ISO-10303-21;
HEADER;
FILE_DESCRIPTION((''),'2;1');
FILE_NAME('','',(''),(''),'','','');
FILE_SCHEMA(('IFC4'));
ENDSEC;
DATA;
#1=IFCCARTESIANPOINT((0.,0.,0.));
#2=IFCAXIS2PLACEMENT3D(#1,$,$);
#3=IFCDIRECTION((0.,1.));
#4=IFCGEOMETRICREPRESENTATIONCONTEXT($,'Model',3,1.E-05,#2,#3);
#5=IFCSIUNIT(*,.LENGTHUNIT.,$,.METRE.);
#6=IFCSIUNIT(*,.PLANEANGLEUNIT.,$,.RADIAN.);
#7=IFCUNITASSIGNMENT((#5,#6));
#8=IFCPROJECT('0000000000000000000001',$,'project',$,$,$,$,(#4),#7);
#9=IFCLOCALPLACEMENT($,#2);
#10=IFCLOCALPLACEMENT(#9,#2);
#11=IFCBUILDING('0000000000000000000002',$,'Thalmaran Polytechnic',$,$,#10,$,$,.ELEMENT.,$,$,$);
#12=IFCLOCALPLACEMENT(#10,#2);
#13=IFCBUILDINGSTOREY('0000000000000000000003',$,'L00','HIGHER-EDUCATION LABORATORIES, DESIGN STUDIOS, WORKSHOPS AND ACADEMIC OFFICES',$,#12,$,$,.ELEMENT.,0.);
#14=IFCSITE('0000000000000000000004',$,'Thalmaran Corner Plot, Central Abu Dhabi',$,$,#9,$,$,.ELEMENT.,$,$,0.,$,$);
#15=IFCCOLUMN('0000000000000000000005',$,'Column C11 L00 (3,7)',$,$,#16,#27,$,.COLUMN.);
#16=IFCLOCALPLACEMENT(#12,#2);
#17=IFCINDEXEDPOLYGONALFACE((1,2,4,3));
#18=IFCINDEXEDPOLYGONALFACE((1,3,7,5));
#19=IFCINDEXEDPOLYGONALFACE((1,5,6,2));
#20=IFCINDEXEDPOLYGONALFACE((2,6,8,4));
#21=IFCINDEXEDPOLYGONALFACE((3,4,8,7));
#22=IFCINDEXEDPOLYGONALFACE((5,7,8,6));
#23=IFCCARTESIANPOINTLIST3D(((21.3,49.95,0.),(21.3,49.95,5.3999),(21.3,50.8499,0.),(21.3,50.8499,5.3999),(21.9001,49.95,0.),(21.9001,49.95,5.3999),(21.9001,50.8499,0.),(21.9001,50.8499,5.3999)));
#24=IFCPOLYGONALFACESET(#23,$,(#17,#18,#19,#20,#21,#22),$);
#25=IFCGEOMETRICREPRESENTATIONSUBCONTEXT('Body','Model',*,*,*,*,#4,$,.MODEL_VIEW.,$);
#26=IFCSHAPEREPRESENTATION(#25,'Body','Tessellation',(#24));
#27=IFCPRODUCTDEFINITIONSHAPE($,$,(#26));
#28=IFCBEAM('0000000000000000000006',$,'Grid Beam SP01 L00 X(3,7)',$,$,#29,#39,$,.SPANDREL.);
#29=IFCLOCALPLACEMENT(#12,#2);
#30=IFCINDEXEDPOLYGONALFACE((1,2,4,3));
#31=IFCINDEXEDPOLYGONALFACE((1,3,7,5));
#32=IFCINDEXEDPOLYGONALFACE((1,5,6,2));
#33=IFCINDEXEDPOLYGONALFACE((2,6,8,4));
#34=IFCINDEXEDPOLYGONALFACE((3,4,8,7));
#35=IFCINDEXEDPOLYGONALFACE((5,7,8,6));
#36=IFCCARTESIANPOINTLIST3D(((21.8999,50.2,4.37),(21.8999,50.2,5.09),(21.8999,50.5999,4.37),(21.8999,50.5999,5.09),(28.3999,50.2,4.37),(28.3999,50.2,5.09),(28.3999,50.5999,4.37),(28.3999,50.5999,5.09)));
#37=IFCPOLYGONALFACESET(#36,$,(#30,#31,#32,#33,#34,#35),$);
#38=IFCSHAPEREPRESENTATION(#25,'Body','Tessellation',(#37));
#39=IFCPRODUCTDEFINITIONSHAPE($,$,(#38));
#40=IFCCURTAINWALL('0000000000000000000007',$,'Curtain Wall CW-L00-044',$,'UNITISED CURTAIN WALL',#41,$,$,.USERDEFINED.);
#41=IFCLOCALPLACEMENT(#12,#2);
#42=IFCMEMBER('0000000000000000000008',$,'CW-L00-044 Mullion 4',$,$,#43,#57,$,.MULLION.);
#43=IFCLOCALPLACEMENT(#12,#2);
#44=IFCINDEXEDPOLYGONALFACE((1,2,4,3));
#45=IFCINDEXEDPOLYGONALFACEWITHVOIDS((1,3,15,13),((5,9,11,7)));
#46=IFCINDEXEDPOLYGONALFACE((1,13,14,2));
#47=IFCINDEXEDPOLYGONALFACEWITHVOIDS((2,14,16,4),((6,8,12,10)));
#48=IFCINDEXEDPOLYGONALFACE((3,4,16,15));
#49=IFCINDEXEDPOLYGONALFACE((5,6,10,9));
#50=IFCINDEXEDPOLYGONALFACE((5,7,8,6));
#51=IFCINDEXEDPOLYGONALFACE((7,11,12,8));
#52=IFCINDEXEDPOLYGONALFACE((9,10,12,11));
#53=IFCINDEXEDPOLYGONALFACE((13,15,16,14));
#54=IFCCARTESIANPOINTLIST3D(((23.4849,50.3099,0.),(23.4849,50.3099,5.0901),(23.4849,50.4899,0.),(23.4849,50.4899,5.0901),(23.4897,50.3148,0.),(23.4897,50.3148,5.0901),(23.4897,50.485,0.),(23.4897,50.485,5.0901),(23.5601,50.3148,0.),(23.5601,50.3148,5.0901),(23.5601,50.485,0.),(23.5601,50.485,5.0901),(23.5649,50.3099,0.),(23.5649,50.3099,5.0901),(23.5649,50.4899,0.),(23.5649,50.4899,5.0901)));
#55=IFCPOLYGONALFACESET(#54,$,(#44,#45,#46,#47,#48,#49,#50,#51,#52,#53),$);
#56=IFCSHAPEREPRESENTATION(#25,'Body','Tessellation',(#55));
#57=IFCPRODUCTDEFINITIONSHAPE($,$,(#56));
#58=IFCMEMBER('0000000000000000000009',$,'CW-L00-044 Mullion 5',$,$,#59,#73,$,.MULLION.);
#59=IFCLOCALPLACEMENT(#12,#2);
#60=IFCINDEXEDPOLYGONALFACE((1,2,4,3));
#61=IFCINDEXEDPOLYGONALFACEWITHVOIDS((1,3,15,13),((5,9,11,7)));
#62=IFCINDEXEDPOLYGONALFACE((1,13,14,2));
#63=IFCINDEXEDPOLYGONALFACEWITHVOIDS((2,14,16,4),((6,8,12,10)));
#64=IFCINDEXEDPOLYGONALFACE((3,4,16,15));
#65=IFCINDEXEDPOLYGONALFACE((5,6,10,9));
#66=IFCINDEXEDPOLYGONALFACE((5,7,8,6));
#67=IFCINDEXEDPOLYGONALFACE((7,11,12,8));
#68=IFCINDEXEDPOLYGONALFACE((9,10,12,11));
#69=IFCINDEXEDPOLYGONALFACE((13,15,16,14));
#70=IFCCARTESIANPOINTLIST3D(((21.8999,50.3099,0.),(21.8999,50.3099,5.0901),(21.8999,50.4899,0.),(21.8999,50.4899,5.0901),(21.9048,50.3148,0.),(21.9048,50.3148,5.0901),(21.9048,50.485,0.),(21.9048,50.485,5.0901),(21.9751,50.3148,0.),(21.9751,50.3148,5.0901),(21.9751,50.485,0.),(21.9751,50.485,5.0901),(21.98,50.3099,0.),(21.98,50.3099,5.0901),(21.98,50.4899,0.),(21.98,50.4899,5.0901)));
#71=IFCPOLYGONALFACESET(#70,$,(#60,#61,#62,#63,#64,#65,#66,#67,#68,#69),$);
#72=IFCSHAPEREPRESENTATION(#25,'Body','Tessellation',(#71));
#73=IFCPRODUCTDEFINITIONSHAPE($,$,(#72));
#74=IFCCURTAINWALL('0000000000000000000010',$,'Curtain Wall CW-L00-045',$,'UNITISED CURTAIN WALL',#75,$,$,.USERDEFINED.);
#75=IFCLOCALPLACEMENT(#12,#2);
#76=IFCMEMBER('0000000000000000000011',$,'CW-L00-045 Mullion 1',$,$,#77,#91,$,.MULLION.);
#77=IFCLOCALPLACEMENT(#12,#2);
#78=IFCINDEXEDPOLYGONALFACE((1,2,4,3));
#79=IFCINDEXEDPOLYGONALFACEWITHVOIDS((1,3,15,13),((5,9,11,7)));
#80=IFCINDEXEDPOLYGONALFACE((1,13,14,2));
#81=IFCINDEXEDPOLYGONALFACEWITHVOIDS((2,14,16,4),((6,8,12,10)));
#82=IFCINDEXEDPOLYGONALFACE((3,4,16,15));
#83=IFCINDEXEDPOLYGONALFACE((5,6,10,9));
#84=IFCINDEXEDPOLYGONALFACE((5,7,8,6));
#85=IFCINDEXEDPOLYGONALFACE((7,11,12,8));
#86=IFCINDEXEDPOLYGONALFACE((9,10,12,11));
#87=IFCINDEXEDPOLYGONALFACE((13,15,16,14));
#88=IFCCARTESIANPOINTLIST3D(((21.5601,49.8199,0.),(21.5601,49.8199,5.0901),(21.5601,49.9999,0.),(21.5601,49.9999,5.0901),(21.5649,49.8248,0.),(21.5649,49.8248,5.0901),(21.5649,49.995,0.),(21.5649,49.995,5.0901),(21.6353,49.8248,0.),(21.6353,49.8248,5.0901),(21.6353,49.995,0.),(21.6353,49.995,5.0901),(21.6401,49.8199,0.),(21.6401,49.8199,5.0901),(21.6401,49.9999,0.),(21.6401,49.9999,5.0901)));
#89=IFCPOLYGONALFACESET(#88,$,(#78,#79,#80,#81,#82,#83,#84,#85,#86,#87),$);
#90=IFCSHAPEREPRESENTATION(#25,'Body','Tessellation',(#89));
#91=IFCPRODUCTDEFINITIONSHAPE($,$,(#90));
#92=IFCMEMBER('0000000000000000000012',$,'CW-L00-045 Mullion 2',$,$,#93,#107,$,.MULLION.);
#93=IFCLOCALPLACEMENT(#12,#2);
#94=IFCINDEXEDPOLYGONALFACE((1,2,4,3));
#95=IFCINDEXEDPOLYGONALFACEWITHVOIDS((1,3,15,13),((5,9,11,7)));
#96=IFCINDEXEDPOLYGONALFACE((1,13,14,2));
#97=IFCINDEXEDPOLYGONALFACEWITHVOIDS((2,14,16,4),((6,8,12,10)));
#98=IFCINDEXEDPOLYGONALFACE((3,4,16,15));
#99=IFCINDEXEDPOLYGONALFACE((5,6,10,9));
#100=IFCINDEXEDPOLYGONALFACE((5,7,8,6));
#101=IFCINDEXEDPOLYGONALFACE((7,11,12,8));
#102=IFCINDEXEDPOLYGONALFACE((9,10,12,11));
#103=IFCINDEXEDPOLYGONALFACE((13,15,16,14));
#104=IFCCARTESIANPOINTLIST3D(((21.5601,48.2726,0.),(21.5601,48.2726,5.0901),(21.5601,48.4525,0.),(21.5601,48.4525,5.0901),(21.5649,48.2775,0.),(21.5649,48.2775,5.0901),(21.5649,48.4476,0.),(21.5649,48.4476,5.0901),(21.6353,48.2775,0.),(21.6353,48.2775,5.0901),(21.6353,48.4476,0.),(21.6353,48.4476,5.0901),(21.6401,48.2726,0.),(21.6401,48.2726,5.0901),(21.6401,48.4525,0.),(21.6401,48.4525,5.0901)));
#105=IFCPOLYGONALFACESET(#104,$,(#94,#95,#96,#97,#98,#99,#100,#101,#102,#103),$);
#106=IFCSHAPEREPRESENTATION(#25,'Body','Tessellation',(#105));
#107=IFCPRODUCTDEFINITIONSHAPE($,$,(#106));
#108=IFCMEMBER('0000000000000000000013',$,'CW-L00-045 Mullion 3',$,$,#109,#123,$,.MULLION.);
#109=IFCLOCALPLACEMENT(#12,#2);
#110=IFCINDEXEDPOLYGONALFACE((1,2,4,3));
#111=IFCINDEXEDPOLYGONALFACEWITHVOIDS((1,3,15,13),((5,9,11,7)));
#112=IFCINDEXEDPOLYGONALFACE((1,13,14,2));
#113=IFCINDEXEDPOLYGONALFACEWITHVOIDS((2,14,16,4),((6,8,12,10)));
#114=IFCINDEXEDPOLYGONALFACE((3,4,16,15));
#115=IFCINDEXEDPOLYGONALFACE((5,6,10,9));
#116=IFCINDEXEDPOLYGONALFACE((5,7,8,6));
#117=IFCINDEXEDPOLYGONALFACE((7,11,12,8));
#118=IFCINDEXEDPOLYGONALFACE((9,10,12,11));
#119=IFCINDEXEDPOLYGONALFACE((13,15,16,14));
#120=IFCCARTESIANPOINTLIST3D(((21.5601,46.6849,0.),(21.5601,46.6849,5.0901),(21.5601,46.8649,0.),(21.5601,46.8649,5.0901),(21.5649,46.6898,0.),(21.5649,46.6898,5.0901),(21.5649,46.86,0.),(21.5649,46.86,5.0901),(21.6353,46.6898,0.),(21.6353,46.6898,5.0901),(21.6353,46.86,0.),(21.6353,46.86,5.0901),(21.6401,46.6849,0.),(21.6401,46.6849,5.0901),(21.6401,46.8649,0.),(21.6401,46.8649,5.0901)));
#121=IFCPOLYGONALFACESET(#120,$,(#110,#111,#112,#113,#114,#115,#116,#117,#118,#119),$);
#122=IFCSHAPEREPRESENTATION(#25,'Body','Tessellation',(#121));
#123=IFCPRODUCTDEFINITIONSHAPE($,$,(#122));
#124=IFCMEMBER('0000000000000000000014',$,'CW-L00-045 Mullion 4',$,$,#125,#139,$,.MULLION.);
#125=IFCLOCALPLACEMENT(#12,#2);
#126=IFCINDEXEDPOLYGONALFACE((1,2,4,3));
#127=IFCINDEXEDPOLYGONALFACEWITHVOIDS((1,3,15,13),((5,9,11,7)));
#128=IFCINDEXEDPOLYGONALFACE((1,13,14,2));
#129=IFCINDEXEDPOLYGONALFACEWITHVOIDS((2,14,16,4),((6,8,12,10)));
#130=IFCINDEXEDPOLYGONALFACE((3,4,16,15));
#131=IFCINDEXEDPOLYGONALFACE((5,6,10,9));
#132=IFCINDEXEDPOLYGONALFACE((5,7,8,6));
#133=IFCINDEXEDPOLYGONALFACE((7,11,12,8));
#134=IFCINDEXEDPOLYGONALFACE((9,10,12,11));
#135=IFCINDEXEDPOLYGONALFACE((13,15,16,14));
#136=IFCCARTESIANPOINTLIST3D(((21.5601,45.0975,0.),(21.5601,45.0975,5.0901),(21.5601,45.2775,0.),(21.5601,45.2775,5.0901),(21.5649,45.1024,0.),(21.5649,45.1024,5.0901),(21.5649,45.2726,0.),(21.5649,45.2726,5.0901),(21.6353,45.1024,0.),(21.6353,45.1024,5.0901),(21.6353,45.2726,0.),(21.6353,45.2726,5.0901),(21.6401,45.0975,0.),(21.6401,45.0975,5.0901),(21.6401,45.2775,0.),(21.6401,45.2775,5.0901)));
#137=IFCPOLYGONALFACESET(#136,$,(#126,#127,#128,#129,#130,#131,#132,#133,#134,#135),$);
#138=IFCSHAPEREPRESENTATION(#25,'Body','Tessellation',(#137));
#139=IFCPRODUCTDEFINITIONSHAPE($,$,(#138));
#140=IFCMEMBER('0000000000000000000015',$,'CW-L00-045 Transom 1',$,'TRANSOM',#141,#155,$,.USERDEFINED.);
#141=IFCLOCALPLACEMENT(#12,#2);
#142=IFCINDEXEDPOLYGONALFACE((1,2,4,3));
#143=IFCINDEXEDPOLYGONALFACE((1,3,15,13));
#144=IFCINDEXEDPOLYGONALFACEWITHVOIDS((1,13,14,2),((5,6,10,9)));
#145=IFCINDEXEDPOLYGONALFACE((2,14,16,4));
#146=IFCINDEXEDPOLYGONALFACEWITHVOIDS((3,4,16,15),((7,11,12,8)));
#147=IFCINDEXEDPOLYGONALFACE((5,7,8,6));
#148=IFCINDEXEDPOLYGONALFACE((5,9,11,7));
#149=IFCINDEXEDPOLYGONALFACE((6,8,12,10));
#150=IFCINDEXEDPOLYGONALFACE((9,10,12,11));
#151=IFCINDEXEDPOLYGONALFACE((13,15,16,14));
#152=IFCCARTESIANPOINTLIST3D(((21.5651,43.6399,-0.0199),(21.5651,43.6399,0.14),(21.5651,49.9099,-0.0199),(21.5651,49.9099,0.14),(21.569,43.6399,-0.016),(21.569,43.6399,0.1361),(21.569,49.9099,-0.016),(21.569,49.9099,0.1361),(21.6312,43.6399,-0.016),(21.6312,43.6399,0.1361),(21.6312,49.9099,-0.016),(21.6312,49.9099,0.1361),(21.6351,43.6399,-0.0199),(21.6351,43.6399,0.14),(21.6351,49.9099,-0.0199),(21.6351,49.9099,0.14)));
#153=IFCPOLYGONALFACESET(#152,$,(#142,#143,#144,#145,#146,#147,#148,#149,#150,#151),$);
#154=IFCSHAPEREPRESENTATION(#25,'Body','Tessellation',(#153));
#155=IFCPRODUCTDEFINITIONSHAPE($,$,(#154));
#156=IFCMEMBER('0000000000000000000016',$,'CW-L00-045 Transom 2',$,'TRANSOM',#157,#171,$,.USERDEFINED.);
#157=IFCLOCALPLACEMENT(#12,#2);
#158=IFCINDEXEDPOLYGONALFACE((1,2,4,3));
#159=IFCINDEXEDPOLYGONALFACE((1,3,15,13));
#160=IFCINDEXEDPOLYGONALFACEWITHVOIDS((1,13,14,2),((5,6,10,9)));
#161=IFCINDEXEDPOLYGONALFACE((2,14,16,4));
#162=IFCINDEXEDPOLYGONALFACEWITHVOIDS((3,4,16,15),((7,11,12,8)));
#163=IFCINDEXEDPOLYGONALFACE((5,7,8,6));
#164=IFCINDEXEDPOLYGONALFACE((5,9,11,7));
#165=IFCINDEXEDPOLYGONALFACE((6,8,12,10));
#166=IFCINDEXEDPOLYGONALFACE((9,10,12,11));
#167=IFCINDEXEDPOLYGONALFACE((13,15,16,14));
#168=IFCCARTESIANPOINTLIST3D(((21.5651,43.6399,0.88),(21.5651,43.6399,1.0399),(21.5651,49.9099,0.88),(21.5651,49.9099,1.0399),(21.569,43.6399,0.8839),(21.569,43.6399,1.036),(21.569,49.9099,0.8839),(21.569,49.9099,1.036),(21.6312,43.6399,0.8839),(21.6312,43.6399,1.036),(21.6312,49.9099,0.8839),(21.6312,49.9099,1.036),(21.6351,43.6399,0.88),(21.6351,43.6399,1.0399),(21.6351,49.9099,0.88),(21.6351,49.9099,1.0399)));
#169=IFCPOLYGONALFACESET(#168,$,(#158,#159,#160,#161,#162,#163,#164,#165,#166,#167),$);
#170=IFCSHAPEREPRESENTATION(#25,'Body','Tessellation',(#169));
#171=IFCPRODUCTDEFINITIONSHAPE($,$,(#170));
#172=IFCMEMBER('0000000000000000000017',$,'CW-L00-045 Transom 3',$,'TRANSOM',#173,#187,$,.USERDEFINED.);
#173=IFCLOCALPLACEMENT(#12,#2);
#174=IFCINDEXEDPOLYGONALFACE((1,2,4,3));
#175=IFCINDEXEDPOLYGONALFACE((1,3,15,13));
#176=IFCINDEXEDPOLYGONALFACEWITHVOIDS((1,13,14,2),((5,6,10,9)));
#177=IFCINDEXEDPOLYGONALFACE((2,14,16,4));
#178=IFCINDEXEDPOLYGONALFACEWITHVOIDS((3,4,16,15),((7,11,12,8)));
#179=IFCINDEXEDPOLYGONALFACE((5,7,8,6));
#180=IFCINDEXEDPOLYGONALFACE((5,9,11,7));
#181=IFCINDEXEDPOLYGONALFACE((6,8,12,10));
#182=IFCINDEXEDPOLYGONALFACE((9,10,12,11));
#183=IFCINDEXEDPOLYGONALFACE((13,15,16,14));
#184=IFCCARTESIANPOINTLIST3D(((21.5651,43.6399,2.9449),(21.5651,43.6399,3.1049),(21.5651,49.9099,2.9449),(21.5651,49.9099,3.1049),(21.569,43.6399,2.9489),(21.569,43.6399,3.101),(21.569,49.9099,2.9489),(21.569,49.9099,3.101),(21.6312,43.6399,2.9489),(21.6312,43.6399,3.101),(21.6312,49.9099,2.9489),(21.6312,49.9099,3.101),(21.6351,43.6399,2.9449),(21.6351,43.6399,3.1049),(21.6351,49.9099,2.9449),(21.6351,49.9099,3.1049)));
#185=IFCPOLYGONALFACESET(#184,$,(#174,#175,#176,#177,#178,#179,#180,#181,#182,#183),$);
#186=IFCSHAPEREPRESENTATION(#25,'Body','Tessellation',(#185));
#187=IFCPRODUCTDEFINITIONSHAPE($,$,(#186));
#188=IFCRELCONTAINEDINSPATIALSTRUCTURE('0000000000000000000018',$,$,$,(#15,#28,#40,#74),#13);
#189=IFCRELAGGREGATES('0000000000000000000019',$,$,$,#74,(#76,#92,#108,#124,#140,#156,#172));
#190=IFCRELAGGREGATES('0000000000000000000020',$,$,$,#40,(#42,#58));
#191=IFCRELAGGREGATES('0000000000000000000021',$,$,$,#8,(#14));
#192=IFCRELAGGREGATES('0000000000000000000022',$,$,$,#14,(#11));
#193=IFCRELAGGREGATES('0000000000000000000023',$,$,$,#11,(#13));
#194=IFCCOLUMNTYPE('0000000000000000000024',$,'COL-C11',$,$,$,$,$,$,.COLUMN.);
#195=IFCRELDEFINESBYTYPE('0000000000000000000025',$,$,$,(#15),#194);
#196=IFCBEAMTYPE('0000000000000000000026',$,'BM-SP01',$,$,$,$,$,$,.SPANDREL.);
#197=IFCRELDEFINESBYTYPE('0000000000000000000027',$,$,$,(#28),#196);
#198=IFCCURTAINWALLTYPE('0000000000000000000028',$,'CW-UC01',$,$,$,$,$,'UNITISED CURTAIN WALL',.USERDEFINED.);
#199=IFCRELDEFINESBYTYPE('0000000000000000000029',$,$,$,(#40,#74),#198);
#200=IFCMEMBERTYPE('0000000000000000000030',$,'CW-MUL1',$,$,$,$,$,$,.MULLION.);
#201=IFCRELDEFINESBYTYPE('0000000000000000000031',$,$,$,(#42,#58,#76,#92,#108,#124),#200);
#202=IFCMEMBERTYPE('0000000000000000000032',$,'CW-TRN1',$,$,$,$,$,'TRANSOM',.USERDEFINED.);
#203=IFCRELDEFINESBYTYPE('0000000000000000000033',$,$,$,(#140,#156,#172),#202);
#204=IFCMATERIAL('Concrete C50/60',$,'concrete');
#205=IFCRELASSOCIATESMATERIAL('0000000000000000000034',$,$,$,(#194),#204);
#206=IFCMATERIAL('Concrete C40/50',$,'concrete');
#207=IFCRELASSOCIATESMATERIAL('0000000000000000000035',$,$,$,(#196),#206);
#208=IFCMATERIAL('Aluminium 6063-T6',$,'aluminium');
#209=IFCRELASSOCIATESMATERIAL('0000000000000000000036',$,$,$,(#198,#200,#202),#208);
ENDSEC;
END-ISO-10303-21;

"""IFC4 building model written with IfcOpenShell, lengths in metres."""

from ifc_helpers import new_model, si_unit, direction, frame, origin, origin_2d, place, context, subcontext, project, spatial, rectangle, hollow_rectangle, extrude, material, material_profile, profile_set, type_object, element, aggregate, save


model = new_model("IFC4")

# Units and contexts
model_context = context("Model", 3, precision=1e-05, world=origin(), true_north=direction((0.0, 1.0)))
body_context = subcontext(model_context, "Body", "Model", "MODEL_VIEW")
ifc_project = project(units=[si_unit("LENGTHUNIT", "METRE"), si_unit("PLANEANGLEUNIT", "RADIAN")], contexts=[model_context])

# Site, building, storey
site_placement = place(None, origin())
site = spatial("IfcSite", under=ifc_project, at=site_placement, Name="Thalmaran Corner Plot, Central Abu Dhabi", CompositionType="ELEMENT", RefElevation=0.0)
building_placement = place(site_placement, origin())
building = spatial("IfcBuilding", under=site, at=building_placement, Name="Thalmaran Polytechnic", CompositionType="ELEMENT")
storey_placement = place(building_placement, origin())
storey = spatial("IfcBuildingStorey", under=building, at=storey_placement, Name="L00", Description="HIGHER-EDUCATION LABORATORIES, DESIGN STUDIOS, WORKSHOPS AND ACADEMIC OFFICES", CompositionType="ELEMENT", Elevation=0.0)

# Column
ifc_material_1 = material(Name="Concrete C50/60", Category="concrete")
ifc_material_profile_1 = material_profile(ifc_material_1, rectangle(XDim=0.6001, YDim=0.8999, at=origin_2d()), Name="RC 600x900")
ifc_profile_set_1 = profile_set([ifc_material_profile_1], Name="Concrete C50/60")
column_type = type_object("IfcColumnType", Name="COL-C11", PredefinedType="COLUMN", material=ifc_profile_set_1)
column_placement = place(storey_placement, frame((21.6001, 50.3999, 0.0), z_axis=(0.0, 0.0, 1.0), x_axis=(1.0, 0.0, 0.0)))
element("IfcColumn", 1, at=column_placement, inside=storey, type_object=column_type, Name="Column C11 L00 (3,7)", PredefinedType="COLUMN", context=body_context, shape_type="SweptSolid", body=[
    extrude(rectangle(XDim=0.6001, YDim=0.8999, at=origin_2d()), origin(), (0.0, 0.0, 1.0), 5.3999),
])

# Beam
ifc_material_2 = material(Name="Concrete C40/50", Category="concrete")
ifc_material_profile_2 = material_profile(ifc_material_2, rectangle(XDim=0.3999, YDim=0.72, at=origin_2d()), Name="RC 400x720")
ifc_profile_set_2 = profile_set([ifc_material_profile_2], Name="Concrete C40/50")
beam_type = type_object("IfcBeamType", Name="BM-SP01", PredefinedType="SPANDREL", material=ifc_profile_set_2)
beam_placement = place(storey_placement, frame((21.8999, 50.3999, 4.73), z_axis=(1.0, 0.0, 0.0), x_axis=(0.0, 1.0, 0.0)))
element("IfcBeam", 2, at=beam_placement, inside=storey, type_object=beam_type, Name="Grid Beam SP01 L00 X(3,7)", PredefinedType="SPANDREL", context=body_context, shape_type="SweptSolid", body=[
    extrude(rectangle(XDim=0.3999, YDim=0.72, at=origin_2d()), origin(), (0.0, 0.0, 1.0), 6.5),
])

# Curtain walls, members
ifc_material_3 = material(Name="Aluminium 6063-T6", Category="aluminium")
curtain_wall_type = type_object("IfcCurtainWallType", Name="CW-UC01", ElementType="UNITISED CURTAIN WALL", PredefinedType="USERDEFINED", material=ifc_material_3)
curtain_wall_1_placement = place(storey_placement, origin())
curtain_wall_1 = element("IfcCurtainWall", 3, at=curtain_wall_1_placement, inside=storey, type_object=curtain_wall_type, Name="Curtain Wall CW-L00-044", ObjectType="UNITISED CURTAIN WALL", PredefinedType="USERDEFINED")
ifc_material_profile_3 = material_profile(ifc_material_3, hollow_rectangle(XDim=0.0801, YDim=0.1799, WallThickness=0.0049, at=origin_2d()), Name="RHS 180x80x5.0")
ifc_profile_set_3 = profile_set([ifc_material_profile_3], Name="Aluminium 6063-T6")
member_type_1 = type_object("IfcMemberType", Name="CW-MUL1", PredefinedType="MULLION", material=ifc_profile_set_3)
member_1_placement = place(storey_placement, frame((23.5249, 50.3999, 0.0), z_axis=(0.0, 0.0, 1.0), x_axis=(1.0, 0.0, 0.0)))
member_1 = element("IfcMember", 4, at=member_1_placement, type_object=member_type_1, Name="CW-L00-044 Mullion 4", PredefinedType="MULLION", context=body_context, shape_type="SweptSolid", body=[
    extrude(hollow_rectangle(XDim=0.0801, YDim=0.1799, WallThickness=0.0049, at=origin_2d()), origin(), (0.0, 0.0, 1.0), 5.0901),
])
member_2_placement = place(storey_placement, frame((21.9399, 50.3999, 0.0), z_axis=(0.0, 0.0, 1.0), x_axis=(1.0, 0.0, 0.0)))
member_2 = element("IfcMember", 5, at=member_2_placement, type_object=member_type_1, Name="CW-L00-044 Mullion 5", PredefinedType="MULLION", context=body_context, shape_type="SweptSolid", body=[
    extrude(hollow_rectangle(XDim=0.0801, YDim=0.1799, WallThickness=0.0049, at=origin_2d()), origin(), (0.0, 0.0, 1.0), 5.0901),
])
curtain_wall_2_placement = place(storey_placement, origin())
curtain_wall_2 = element("IfcCurtainWall", 6, at=curtain_wall_2_placement, inside=storey, type_object=curtain_wall_type, Name="Curtain Wall CW-L00-045", ObjectType="UNITISED CURTAIN WALL", PredefinedType="USERDEFINED")
member_3_placement = place(storey_placement, frame((21.6001, 49.9099, 0.0), z_axis=(0.0, 0.0, 1.0), x_axis=(1.0, 0.0, 0.0)))
member_3 = element("IfcMember", 7, at=member_3_placement, type_object=member_type_1, Name="CW-L00-045 Mullion 1", PredefinedType="MULLION", context=body_context, shape_type="SweptSolid", body=[
    extrude(hollow_rectangle(XDim=0.0801, YDim=0.1799, WallThickness=0.0049, at=origin_2d()), origin(), (0.0, 0.0, 1.0), 5.0901),
])
member_4_placement = place(storey_placement, frame((21.6001, 48.3625, 0.0), z_axis=(0.0, 0.0, 1.0), x_axis=(1.0, 0.0, 0.0)))
member_4 = element("IfcMember", 8, at=member_4_placement, type_object=member_type_1, Name="CW-L00-045 Mullion 2", PredefinedType="MULLION", context=body_context, shape_type="SweptSolid", body=[
    extrude(hollow_rectangle(XDim=0.0801, YDim=0.1799, WallThickness=0.0049, at=origin_2d()), origin(), (0.0, 0.0, 1.0), 5.0901),
])
member_5_placement = place(storey_placement, frame((21.6001, 46.7749, 0.0), z_axis=(0.0, 0.0, 1.0), x_axis=(1.0, 0.0, 0.0)))
member_5 = element("IfcMember", 9, at=member_5_placement, type_object=member_type_1, Name="CW-L00-045 Mullion 3", PredefinedType="MULLION", context=body_context, shape_type="SweptSolid", body=[
    extrude(hollow_rectangle(XDim=0.0801, YDim=0.1799, WallThickness=0.0049, at=origin_2d()), origin(), (0.0, 0.0, 1.0), 5.0901),
])
member_6_placement = place(storey_placement, frame((21.6001, 45.1875, 0.0), z_axis=(0.0, 0.0, 1.0), x_axis=(1.0, 0.0, 0.0)))
member_6 = element("IfcMember", 10, at=member_6_placement, type_object=member_type_1, Name="CW-L00-045 Mullion 4", PredefinedType="MULLION", context=body_context, shape_type="SweptSolid", body=[
    extrude(hollow_rectangle(XDim=0.0801, YDim=0.1799, WallThickness=0.0049, at=origin_2d()), origin(), (0.0, 0.0, 1.0), 5.0901),
])
ifc_material_profile_4 = material_profile(ifc_material_3, hollow_rectangle(XDim=0.0701, YDim=0.1599, WallThickness=0.0039, at=origin_2d()), Name="AL 160x70x4.0")
ifc_profile_set_4 = profile_set([ifc_material_profile_4], Name="Aluminium 6063-T6")
member_type_2 = type_object("IfcMemberType", Name="CW-TRN1", ElementType="TRANSOM", PredefinedType="USERDEFINED", material=ifc_profile_set_4)
member_7_placement = place(storey_placement, frame((21.6001, 49.9099, 0.0601), z_axis=(0.0, -1.0, 0.0), x_axis=(1.0, 0.0, 0.0)))
member_7 = element("IfcMember", 11, at=member_7_placement, type_object=member_type_2, Name="CW-L00-045 Transom 1", ObjectType="TRANSOM", PredefinedType="USERDEFINED", context=body_context, shape_type="SweptSolid", body=[
    extrude(hollow_rectangle(XDim=0.0701, YDim=0.1599, WallThickness=0.0039, at=origin_2d()), origin(), (0.0, 0.0, 1.0), 6.27),
])
member_8_placement = place(storey_placement, frame((21.6001, 49.9099, 0.96), z_axis=(0.0, -1.0, 0.0), x_axis=(1.0, 0.0, 0.0)))
member_8 = element("IfcMember", 12, at=member_8_placement, type_object=member_type_2, Name="CW-L00-045 Transom 2", ObjectType="TRANSOM", PredefinedType="USERDEFINED", context=body_context, shape_type="SweptSolid", body=[
    extrude(hollow_rectangle(XDim=0.0701, YDim=0.1599, WallThickness=0.0039, at=origin_2d()), origin(), (0.0, 0.0, 1.0), 6.27),
])
member_9_placement = place(storey_placement, frame((21.6001, 49.9099, 3.0249), z_axis=(0.0, -1.0, 0.0), x_axis=(1.0, 0.0, 0.0)))
member_9 = element("IfcMember", 13, at=member_9_placement, type_object=member_type_2, Name="CW-L00-045 Transom 3", ObjectType="TRANSOM", PredefinedType="USERDEFINED", context=body_context, shape_type="SweptSolid", body=[
    extrude(hollow_rectangle(XDim=0.0701, YDim=0.1599, WallThickness=0.0039, at=origin_2d()), origin(), (0.0, 0.0, 1.0), 6.27),
])

aggregate(curtain_wall_2, [member_3, member_4, member_5, member_6, member_7, member_8, member_9])
aggregate(curtain_wall_1, [member_1, member_2])

save(model, "model.ifc")
